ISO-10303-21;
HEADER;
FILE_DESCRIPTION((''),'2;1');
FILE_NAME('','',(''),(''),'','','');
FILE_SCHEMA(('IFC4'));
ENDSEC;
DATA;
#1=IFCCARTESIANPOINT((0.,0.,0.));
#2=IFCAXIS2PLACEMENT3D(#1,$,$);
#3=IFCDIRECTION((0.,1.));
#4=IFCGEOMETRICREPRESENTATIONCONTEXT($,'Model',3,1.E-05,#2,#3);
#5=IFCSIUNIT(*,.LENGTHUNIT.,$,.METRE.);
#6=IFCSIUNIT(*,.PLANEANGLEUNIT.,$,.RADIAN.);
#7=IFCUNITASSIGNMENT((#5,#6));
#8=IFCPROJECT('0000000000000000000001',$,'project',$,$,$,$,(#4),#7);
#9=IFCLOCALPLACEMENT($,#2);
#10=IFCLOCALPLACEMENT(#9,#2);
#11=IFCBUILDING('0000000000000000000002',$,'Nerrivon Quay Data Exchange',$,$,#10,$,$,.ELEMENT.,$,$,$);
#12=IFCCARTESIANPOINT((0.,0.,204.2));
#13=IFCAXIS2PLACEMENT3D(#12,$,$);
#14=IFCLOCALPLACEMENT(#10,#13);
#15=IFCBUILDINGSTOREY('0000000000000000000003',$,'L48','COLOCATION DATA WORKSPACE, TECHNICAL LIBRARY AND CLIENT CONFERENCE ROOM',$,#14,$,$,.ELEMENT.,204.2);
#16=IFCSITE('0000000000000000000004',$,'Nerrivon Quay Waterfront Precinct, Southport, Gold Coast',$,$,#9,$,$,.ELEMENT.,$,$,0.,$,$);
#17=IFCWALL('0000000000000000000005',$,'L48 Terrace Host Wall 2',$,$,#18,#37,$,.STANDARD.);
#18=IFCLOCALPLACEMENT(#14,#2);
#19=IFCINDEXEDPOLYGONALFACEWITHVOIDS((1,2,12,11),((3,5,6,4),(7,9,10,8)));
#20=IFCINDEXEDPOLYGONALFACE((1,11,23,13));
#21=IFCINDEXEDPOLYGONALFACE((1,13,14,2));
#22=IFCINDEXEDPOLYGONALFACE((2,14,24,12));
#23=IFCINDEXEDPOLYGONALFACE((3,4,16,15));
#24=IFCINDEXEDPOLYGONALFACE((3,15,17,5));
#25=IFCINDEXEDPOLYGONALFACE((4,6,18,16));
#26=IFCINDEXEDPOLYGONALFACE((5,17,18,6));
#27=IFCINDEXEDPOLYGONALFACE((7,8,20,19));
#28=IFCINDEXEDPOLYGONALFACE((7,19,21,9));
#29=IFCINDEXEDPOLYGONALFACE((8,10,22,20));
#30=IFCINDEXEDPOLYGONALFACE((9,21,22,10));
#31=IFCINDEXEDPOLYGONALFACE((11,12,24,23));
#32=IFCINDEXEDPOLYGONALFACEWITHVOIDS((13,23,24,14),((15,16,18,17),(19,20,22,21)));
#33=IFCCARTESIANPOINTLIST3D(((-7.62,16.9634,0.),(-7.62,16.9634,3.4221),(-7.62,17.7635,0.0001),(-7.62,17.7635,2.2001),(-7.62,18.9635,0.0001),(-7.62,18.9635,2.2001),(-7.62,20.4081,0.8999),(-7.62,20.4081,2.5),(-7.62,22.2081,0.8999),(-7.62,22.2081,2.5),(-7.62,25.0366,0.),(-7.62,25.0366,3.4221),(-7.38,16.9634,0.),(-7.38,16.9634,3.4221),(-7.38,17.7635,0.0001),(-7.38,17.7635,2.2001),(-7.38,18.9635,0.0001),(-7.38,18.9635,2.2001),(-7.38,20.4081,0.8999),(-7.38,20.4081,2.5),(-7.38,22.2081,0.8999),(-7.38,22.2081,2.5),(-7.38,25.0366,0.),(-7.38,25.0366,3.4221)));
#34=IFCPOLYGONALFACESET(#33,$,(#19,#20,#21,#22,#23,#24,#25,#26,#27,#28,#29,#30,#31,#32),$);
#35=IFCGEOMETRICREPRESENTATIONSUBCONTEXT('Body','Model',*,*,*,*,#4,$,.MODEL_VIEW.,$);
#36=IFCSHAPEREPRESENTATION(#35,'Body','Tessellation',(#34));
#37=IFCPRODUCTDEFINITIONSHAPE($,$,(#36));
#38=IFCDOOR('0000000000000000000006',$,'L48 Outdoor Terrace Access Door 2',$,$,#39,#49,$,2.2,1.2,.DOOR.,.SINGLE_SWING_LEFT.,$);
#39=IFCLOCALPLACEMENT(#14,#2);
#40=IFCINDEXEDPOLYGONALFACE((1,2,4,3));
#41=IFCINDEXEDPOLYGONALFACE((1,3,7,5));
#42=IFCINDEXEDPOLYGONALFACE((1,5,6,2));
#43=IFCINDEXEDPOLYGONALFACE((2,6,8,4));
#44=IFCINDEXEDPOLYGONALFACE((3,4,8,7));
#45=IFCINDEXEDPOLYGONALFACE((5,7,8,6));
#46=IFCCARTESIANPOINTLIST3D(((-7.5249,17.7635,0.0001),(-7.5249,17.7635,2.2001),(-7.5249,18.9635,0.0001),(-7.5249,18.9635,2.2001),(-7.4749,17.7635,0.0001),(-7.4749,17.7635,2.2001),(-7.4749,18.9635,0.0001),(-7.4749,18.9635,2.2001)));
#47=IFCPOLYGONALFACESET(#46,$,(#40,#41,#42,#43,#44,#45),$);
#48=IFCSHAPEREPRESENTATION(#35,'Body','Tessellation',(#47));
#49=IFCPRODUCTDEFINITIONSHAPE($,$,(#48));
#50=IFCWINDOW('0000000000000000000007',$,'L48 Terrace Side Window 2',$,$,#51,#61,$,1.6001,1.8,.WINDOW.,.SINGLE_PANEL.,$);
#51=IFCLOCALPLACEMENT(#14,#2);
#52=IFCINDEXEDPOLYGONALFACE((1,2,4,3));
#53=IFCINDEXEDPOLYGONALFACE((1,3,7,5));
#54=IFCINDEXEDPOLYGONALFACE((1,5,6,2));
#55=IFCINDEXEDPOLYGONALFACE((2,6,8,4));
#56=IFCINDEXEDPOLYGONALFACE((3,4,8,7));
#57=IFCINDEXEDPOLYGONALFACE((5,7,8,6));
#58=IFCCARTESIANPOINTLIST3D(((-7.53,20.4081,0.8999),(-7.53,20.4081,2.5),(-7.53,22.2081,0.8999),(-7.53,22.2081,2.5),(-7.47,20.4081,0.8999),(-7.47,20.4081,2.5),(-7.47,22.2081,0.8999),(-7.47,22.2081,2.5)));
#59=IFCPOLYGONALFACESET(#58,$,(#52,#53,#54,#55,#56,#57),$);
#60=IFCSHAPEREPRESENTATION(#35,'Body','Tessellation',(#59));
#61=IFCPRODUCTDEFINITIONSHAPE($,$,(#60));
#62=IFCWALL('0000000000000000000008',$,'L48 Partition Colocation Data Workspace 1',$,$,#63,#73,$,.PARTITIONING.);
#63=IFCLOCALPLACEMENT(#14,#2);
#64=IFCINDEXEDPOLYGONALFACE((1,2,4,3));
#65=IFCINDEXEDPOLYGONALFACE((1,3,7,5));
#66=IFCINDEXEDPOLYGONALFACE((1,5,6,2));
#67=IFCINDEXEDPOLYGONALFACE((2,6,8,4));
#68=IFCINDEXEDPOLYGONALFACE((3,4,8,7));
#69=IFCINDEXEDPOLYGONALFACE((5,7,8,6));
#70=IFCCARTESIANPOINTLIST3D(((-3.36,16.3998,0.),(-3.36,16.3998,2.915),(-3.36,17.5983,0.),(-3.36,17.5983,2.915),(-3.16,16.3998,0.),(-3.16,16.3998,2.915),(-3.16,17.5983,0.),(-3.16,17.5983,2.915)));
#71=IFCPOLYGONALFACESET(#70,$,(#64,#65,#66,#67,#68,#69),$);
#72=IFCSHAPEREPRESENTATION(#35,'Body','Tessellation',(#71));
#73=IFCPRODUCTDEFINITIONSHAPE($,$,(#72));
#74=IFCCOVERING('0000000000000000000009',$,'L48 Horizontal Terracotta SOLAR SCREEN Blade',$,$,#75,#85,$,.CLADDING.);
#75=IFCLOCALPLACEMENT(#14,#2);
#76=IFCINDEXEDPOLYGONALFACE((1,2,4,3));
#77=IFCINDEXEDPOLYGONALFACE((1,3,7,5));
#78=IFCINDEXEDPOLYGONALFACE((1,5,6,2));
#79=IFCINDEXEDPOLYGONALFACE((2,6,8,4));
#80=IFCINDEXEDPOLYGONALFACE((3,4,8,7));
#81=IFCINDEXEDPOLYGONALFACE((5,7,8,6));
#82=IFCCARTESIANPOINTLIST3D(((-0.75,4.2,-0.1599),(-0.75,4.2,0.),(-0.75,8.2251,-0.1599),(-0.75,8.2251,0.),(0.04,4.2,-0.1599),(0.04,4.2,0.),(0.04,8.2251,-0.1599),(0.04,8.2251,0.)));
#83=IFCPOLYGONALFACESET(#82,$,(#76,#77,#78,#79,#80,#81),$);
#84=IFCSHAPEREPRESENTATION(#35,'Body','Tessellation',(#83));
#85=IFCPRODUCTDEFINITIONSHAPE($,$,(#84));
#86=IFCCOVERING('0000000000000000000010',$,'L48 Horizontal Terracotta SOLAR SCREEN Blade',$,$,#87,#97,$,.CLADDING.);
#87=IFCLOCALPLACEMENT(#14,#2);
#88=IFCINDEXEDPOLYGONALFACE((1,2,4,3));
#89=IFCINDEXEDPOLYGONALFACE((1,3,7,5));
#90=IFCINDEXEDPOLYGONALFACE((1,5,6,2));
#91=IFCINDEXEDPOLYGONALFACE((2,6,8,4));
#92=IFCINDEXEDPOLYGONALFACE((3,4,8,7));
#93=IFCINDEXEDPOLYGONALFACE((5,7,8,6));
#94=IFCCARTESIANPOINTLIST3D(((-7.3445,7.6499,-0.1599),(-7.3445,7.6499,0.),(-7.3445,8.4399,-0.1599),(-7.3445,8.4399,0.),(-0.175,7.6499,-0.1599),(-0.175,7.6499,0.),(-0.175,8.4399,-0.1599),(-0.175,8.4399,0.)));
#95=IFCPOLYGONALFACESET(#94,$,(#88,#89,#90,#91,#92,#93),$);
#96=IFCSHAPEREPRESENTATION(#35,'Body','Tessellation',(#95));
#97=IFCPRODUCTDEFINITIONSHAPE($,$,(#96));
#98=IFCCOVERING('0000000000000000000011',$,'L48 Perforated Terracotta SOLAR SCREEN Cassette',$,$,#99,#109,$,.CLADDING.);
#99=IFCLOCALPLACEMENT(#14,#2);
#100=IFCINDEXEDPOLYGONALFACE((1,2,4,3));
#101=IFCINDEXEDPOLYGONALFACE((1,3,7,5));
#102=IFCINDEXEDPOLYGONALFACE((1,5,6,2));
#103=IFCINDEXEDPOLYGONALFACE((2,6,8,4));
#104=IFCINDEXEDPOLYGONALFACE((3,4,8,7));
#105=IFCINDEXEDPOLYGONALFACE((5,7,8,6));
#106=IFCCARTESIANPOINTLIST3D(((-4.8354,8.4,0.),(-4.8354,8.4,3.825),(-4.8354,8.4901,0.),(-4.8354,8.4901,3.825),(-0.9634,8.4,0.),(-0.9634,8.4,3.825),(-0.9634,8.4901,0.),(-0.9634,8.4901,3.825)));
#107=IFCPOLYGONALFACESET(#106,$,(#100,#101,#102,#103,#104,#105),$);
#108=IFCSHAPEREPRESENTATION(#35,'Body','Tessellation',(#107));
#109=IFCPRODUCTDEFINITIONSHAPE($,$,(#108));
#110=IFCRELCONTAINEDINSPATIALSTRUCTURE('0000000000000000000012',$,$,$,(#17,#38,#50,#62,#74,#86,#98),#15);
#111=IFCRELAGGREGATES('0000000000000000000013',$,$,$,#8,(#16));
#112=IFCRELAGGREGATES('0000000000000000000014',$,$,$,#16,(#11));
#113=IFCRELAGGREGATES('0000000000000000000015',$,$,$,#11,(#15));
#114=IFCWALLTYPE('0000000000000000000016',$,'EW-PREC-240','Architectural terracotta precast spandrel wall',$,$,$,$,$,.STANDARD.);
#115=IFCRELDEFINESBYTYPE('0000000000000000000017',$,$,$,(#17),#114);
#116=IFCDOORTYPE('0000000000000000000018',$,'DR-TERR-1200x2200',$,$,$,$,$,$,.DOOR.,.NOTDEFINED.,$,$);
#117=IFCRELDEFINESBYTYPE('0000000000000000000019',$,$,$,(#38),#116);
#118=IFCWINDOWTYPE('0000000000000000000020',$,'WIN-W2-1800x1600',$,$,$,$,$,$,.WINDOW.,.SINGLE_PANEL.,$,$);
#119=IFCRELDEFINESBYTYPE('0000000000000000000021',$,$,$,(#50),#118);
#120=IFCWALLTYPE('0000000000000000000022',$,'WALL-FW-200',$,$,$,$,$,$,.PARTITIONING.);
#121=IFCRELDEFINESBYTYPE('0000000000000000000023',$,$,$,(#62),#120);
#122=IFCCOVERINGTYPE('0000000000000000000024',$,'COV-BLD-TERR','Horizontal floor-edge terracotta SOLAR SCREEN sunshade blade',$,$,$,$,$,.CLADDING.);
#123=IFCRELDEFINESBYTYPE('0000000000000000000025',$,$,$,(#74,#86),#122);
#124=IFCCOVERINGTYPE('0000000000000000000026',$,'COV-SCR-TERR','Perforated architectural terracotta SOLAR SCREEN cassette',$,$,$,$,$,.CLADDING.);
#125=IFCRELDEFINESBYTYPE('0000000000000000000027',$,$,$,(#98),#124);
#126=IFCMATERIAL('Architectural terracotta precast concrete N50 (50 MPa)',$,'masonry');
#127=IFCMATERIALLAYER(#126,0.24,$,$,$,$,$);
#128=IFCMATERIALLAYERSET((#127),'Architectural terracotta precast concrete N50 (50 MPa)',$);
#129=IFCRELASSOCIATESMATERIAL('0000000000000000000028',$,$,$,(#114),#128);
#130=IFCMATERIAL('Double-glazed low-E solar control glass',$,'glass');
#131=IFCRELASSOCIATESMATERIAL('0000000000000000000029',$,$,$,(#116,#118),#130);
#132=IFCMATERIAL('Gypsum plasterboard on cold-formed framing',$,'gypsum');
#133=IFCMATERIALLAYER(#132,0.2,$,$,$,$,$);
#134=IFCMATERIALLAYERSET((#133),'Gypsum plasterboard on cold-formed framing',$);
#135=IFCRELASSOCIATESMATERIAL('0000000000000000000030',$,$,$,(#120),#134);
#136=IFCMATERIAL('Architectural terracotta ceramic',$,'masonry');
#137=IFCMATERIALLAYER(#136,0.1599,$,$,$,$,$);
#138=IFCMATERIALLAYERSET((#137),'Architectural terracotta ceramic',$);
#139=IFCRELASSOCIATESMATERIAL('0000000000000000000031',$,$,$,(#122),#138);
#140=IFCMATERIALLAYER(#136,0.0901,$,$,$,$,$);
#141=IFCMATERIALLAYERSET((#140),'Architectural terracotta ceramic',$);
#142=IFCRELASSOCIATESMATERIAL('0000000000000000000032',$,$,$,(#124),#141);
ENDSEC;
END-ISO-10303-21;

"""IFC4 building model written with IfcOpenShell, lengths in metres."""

from ifc_helpers import new_model, si_unit, direction, frame, frame_2d, origin, origin_2d, place, context, subcontext, project, spatial, polyline, rectangle, outline, extrude, material, layer, layer_set, type_object, element, fill, save


model = new_model("IFC4")

# Units and contexts
model_context = context("Model", 3, precision=1e-05, world=origin(), true_north=direction((0.0, 1.0)))
body_context = subcontext(model_context, "Body", "Model", "MODEL_VIEW")
ifc_project = project(units=[si_unit("LENGTHUNIT", "METRE"), si_unit("PLANEANGLEUNIT", "RADIAN")], contexts=[model_context])

# Site, building, storey
site_placement = place(None, origin())
site = spatial("IfcSite", under=ifc_project, at=site_placement, Name="Nerrivon Quay Waterfront Precinct, Southport, Gold Coast", CompositionType="ELEMENT", RefElevation=0.0)
building_placement = place(site_placement, origin())
building = spatial("IfcBuilding", under=site, at=building_placement, Name="Nerrivon Quay Data Exchange", CompositionType="ELEMENT")
storey_placement = place(building_placement, frame((0.0, 0.0, 204.2)))
storey = spatial("IfcBuildingStorey", under=building, at=storey_placement, Name="L48", Description="COLOCATION DATA WORKSPACE, TECHNICAL LIBRARY AND CLIENT CONFERENCE ROOM", CompositionType="ELEMENT", Elevation=204.2)

# Shared definitions
ifc_material_1 = material(Name="Double-glazed low-E solar control glass", Category="glass")

# Wall, openings, door, window
ifc_material_2 = material(Name="Architectural terracotta precast concrete N50 (50 MPa)", Category="masonry")
ifc_layer_1 = layer(ifc_material_2, 0.24)
ifc_layer_set_1 = layer_set([ifc_layer_1], Name="Architectural terracotta precast concrete N50 (50 MPa)")
wall_type_1 = type_object("IfcWallType", Name="EW-PREC-240", Description="Architectural terracotta precast spandrel wall", PredefinedType="STANDARD", material=ifc_layer_set_1)
door_type = type_object("IfcDoorType", Name="DR-TERR-1200x2200", OperationType="NOTDEFINED", PredefinedType="DOOR", material=ifc_material_1)
wall_1_placement = place(storey_placement, frame((-7.5, 16.9634, 0.0), z_axis=(0.0, 0.0, 1.0), x_axis=(0.0, 1.0, 0.0)))
wall_1 = element("IfcWall", 1, at=wall_1_placement, inside=storey, type_object=wall_type_1, Name="L48 Terrace Host Wall 2", PredefinedType="STANDARD", context=body_context, shape_type="SweptSolid", body=[
    extrude(rectangle(XDim=8.0732, YDim=0.24, at=frame_2d((4.0366, 0.0))), origin(), (0.0, 0.0, 1.0), 3.4221),
])
opening_1_placement = place(wall_1_placement, frame((0.8, 0.0, 0.0)))
opening_1 = element("IfcOpeningElement", 2, at=opening_1_placement, cuts=wall_1, PredefinedType="OPENING", context=body_context, shape_type="SweptSolid", body=[
    extrude(rectangle(XDim=1.2, YDim=2.2, at=frame_2d((0.6001, 1.1001))), frame((0.0, 0.1299, 0.0), z_axis=(0.0, -1.0, 0.0), x_axis=(1.0, 0.0, 0.0)), (0.0, 0.0, 1.0), 0.26),
])
opening_2_placement = place(wall_1_placement, frame((3.4448, 0.0, 0.8999)))
opening_2 = element("IfcOpeningElement", 3, at=opening_2_placement, cuts=wall_1, PredefinedType="OPENING", context=body_context, shape_type="SweptSolid", body=[
    extrude(rectangle(XDim=1.8, YDim=1.6001, at=frame_2d((0.8999, 0.8))), frame((0.0, 0.1299, 0.0), z_axis=(0.0, -1.0, 0.0), x_axis=(1.0, 0.0, 0.0)), (0.0, 0.0, 1.0), 0.26),
])
door_1_placement = place(opening_1_placement, origin())
door_1 = element("IfcDoor", 4, at=door_1_placement, inside=storey, type_object=door_type, Name="L48 Outdoor Terrace Access Door 2", OperationType="SINGLE_SWING_LEFT", OverallHeight=2.2, OverallWidth=1.2, PredefinedType="DOOR", context=body_context, shape_type="SweptSolid", body=[
    extrude(rectangle(XDim=1.2, YDim=2.2, at=frame_2d((0.6001, 1.1001))), frame((0.0, 0.0249, 0.0), z_axis=(0.0, -1.0, 0.0), x_axis=(1.0, 0.0, 0.0)), (0.0, 0.0, 1.0), 0.05),
])
fill(opening_1, door_1)
window_type_1 = type_object("IfcWindowType", Name="WIN-W2-1800x1600", PartitioningType="SINGLE_PANEL", PredefinedType="WINDOW", material=ifc_material_1)
window_1_placement = place(opening_2_placement, origin())
window_1 = element("IfcWindow", 5, at=window_1_placement, inside=storey, type_object=window_type_1, Name="L48 Terrace Side Window 2", OverallHeight=1.6001, OverallWidth=1.8, PartitioningType="SINGLE_PANEL", PredefinedType="WINDOW", context=body_context, shape_type="SweptSolid", body=[
    extrude(rectangle(XDim=1.8, YDim=1.6001, at=frame_2d((0.8999, 0.8))), frame((0.0, 0.03, 0.0), z_axis=(0.0, -1.0, 0.0), x_axis=(1.0, 0.0, 0.0)), (0.0, 0.0, 1.0), 0.0601),
])
fill(opening_2, window_1)

# Wall
ifc_material_3 = material(Name="Gypsum plasterboard on cold-formed framing", Category="gypsum")
ifc_layer_2 = layer(ifc_material_3, 0.2)
ifc_layer_set_2 = layer_set([ifc_layer_2], Name="Gypsum plasterboard on cold-formed framing")
wall_type_2 = type_object("IfcWallType", Name="WALL-FW-200", PredefinedType="PARTITIONING", material=ifc_layer_set_2)
wall_2_placement = place(storey_placement, frame((-3.26, 16.3999, 0.0), z_axis=(0.0, 0.0, 1.0), x_axis=(0.0, 1.0, 0.0)))
element("IfcWall", 6, at=wall_2_placement, inside=storey, type_object=wall_type_2, Name="L48 Partition Colocation Data Workspace 1", PredefinedType="PARTITIONING", context=body_context, shape_type="SweptSolid", body=[
    extrude(rectangle(XDim=1.1985, YDim=0.2, at=frame_2d((0.5991, 0.0))), origin(), (0.0, 0.0, 1.0), 2.915),
])

# Coverings
ifc_material_4 = material(Name="Architectural terracotta ceramic", Category="masonry")
ifc_layer_3 = layer(ifc_material_4, 0.1599)
ifc_layer_set_3 = layer_set([ifc_layer_3], Name="Architectural terracotta ceramic")
covering_type_1 = type_object("IfcCoveringType", Name="COV-BLD-TERR", Description="Horizontal floor-edge terracotta SOLAR SCREEN sunshade blade", PredefinedType="CLADDING", material=ifc_layer_set_3)
covering_1_placement = place(storey_placement, frame((0.0, 0.0, -0.1599)))
element("IfcCovering", 7, at=covering_1_placement, inside=storey, type_object=covering_type_1, Name="L48 Horizontal Terracotta SOLAR SCREEN Blade", PredefinedType="CLADDING", context=body_context, shape_type="SweptSolid", body=[
    extrude(outline(polyline([(0.04, 4.2), (0.04, 8.2251), (-0.75, 8.2251), (-0.75, 4.2), (0.04, 4.2)])), origin(), (0.0, 0.0, 1.0), 0.1599),
])
covering_2_placement = place(storey_placement, frame((0.0, 0.0, -0.1599)))
element("IfcCovering", 8, at=covering_2_placement, inside=storey, type_object=covering_type_1, Name="L48 Horizontal Terracotta SOLAR SCREEN Blade", PredefinedType="CLADDING", context=body_context, shape_type="SweptSolid", body=[
    extrude(outline(polyline([(-0.175, 8.4399), (-7.3445, 8.4399), (-7.3445, 7.6499), (-0.175, 7.6499), (-0.175, 8.4399)])), origin(), (0.0, 0.0, 1.0), 0.1599),
])
ifc_layer_4 = layer(ifc_material_4, 0.0901)
ifc_layer_set_4 = layer_set([ifc_layer_4], Name="Architectural terracotta ceramic")
covering_type_2 = type_object("IfcCoveringType", Name="COV-SCR-TERR", Description="Perforated architectural terracotta SOLAR SCREEN cassette", PredefinedType="CLADDING", material=ifc_layer_set_4)
covering_3_placement = place(storey_placement, frame((-2.8994, 8.4451, 0.0), z_axis=(0.0, 0.0, 1.0), x_axis=(-1.0, 0.0, 0.0)))
element("IfcCovering", 9, at=covering_3_placement, inside=storey, type_object=covering_type_2, Name="L48 Perforated Terracotta SOLAR SCREEN Cassette", PredefinedType="CLADDING", context=body_context, shape_type="SweptSolid", body=[
    extrude(rectangle(XDim=3.8721, YDim=0.0901, at=origin_2d()), origin(), (0.0, 0.0, 1.0), 3.825),
])

save(model, "model.ifc")
